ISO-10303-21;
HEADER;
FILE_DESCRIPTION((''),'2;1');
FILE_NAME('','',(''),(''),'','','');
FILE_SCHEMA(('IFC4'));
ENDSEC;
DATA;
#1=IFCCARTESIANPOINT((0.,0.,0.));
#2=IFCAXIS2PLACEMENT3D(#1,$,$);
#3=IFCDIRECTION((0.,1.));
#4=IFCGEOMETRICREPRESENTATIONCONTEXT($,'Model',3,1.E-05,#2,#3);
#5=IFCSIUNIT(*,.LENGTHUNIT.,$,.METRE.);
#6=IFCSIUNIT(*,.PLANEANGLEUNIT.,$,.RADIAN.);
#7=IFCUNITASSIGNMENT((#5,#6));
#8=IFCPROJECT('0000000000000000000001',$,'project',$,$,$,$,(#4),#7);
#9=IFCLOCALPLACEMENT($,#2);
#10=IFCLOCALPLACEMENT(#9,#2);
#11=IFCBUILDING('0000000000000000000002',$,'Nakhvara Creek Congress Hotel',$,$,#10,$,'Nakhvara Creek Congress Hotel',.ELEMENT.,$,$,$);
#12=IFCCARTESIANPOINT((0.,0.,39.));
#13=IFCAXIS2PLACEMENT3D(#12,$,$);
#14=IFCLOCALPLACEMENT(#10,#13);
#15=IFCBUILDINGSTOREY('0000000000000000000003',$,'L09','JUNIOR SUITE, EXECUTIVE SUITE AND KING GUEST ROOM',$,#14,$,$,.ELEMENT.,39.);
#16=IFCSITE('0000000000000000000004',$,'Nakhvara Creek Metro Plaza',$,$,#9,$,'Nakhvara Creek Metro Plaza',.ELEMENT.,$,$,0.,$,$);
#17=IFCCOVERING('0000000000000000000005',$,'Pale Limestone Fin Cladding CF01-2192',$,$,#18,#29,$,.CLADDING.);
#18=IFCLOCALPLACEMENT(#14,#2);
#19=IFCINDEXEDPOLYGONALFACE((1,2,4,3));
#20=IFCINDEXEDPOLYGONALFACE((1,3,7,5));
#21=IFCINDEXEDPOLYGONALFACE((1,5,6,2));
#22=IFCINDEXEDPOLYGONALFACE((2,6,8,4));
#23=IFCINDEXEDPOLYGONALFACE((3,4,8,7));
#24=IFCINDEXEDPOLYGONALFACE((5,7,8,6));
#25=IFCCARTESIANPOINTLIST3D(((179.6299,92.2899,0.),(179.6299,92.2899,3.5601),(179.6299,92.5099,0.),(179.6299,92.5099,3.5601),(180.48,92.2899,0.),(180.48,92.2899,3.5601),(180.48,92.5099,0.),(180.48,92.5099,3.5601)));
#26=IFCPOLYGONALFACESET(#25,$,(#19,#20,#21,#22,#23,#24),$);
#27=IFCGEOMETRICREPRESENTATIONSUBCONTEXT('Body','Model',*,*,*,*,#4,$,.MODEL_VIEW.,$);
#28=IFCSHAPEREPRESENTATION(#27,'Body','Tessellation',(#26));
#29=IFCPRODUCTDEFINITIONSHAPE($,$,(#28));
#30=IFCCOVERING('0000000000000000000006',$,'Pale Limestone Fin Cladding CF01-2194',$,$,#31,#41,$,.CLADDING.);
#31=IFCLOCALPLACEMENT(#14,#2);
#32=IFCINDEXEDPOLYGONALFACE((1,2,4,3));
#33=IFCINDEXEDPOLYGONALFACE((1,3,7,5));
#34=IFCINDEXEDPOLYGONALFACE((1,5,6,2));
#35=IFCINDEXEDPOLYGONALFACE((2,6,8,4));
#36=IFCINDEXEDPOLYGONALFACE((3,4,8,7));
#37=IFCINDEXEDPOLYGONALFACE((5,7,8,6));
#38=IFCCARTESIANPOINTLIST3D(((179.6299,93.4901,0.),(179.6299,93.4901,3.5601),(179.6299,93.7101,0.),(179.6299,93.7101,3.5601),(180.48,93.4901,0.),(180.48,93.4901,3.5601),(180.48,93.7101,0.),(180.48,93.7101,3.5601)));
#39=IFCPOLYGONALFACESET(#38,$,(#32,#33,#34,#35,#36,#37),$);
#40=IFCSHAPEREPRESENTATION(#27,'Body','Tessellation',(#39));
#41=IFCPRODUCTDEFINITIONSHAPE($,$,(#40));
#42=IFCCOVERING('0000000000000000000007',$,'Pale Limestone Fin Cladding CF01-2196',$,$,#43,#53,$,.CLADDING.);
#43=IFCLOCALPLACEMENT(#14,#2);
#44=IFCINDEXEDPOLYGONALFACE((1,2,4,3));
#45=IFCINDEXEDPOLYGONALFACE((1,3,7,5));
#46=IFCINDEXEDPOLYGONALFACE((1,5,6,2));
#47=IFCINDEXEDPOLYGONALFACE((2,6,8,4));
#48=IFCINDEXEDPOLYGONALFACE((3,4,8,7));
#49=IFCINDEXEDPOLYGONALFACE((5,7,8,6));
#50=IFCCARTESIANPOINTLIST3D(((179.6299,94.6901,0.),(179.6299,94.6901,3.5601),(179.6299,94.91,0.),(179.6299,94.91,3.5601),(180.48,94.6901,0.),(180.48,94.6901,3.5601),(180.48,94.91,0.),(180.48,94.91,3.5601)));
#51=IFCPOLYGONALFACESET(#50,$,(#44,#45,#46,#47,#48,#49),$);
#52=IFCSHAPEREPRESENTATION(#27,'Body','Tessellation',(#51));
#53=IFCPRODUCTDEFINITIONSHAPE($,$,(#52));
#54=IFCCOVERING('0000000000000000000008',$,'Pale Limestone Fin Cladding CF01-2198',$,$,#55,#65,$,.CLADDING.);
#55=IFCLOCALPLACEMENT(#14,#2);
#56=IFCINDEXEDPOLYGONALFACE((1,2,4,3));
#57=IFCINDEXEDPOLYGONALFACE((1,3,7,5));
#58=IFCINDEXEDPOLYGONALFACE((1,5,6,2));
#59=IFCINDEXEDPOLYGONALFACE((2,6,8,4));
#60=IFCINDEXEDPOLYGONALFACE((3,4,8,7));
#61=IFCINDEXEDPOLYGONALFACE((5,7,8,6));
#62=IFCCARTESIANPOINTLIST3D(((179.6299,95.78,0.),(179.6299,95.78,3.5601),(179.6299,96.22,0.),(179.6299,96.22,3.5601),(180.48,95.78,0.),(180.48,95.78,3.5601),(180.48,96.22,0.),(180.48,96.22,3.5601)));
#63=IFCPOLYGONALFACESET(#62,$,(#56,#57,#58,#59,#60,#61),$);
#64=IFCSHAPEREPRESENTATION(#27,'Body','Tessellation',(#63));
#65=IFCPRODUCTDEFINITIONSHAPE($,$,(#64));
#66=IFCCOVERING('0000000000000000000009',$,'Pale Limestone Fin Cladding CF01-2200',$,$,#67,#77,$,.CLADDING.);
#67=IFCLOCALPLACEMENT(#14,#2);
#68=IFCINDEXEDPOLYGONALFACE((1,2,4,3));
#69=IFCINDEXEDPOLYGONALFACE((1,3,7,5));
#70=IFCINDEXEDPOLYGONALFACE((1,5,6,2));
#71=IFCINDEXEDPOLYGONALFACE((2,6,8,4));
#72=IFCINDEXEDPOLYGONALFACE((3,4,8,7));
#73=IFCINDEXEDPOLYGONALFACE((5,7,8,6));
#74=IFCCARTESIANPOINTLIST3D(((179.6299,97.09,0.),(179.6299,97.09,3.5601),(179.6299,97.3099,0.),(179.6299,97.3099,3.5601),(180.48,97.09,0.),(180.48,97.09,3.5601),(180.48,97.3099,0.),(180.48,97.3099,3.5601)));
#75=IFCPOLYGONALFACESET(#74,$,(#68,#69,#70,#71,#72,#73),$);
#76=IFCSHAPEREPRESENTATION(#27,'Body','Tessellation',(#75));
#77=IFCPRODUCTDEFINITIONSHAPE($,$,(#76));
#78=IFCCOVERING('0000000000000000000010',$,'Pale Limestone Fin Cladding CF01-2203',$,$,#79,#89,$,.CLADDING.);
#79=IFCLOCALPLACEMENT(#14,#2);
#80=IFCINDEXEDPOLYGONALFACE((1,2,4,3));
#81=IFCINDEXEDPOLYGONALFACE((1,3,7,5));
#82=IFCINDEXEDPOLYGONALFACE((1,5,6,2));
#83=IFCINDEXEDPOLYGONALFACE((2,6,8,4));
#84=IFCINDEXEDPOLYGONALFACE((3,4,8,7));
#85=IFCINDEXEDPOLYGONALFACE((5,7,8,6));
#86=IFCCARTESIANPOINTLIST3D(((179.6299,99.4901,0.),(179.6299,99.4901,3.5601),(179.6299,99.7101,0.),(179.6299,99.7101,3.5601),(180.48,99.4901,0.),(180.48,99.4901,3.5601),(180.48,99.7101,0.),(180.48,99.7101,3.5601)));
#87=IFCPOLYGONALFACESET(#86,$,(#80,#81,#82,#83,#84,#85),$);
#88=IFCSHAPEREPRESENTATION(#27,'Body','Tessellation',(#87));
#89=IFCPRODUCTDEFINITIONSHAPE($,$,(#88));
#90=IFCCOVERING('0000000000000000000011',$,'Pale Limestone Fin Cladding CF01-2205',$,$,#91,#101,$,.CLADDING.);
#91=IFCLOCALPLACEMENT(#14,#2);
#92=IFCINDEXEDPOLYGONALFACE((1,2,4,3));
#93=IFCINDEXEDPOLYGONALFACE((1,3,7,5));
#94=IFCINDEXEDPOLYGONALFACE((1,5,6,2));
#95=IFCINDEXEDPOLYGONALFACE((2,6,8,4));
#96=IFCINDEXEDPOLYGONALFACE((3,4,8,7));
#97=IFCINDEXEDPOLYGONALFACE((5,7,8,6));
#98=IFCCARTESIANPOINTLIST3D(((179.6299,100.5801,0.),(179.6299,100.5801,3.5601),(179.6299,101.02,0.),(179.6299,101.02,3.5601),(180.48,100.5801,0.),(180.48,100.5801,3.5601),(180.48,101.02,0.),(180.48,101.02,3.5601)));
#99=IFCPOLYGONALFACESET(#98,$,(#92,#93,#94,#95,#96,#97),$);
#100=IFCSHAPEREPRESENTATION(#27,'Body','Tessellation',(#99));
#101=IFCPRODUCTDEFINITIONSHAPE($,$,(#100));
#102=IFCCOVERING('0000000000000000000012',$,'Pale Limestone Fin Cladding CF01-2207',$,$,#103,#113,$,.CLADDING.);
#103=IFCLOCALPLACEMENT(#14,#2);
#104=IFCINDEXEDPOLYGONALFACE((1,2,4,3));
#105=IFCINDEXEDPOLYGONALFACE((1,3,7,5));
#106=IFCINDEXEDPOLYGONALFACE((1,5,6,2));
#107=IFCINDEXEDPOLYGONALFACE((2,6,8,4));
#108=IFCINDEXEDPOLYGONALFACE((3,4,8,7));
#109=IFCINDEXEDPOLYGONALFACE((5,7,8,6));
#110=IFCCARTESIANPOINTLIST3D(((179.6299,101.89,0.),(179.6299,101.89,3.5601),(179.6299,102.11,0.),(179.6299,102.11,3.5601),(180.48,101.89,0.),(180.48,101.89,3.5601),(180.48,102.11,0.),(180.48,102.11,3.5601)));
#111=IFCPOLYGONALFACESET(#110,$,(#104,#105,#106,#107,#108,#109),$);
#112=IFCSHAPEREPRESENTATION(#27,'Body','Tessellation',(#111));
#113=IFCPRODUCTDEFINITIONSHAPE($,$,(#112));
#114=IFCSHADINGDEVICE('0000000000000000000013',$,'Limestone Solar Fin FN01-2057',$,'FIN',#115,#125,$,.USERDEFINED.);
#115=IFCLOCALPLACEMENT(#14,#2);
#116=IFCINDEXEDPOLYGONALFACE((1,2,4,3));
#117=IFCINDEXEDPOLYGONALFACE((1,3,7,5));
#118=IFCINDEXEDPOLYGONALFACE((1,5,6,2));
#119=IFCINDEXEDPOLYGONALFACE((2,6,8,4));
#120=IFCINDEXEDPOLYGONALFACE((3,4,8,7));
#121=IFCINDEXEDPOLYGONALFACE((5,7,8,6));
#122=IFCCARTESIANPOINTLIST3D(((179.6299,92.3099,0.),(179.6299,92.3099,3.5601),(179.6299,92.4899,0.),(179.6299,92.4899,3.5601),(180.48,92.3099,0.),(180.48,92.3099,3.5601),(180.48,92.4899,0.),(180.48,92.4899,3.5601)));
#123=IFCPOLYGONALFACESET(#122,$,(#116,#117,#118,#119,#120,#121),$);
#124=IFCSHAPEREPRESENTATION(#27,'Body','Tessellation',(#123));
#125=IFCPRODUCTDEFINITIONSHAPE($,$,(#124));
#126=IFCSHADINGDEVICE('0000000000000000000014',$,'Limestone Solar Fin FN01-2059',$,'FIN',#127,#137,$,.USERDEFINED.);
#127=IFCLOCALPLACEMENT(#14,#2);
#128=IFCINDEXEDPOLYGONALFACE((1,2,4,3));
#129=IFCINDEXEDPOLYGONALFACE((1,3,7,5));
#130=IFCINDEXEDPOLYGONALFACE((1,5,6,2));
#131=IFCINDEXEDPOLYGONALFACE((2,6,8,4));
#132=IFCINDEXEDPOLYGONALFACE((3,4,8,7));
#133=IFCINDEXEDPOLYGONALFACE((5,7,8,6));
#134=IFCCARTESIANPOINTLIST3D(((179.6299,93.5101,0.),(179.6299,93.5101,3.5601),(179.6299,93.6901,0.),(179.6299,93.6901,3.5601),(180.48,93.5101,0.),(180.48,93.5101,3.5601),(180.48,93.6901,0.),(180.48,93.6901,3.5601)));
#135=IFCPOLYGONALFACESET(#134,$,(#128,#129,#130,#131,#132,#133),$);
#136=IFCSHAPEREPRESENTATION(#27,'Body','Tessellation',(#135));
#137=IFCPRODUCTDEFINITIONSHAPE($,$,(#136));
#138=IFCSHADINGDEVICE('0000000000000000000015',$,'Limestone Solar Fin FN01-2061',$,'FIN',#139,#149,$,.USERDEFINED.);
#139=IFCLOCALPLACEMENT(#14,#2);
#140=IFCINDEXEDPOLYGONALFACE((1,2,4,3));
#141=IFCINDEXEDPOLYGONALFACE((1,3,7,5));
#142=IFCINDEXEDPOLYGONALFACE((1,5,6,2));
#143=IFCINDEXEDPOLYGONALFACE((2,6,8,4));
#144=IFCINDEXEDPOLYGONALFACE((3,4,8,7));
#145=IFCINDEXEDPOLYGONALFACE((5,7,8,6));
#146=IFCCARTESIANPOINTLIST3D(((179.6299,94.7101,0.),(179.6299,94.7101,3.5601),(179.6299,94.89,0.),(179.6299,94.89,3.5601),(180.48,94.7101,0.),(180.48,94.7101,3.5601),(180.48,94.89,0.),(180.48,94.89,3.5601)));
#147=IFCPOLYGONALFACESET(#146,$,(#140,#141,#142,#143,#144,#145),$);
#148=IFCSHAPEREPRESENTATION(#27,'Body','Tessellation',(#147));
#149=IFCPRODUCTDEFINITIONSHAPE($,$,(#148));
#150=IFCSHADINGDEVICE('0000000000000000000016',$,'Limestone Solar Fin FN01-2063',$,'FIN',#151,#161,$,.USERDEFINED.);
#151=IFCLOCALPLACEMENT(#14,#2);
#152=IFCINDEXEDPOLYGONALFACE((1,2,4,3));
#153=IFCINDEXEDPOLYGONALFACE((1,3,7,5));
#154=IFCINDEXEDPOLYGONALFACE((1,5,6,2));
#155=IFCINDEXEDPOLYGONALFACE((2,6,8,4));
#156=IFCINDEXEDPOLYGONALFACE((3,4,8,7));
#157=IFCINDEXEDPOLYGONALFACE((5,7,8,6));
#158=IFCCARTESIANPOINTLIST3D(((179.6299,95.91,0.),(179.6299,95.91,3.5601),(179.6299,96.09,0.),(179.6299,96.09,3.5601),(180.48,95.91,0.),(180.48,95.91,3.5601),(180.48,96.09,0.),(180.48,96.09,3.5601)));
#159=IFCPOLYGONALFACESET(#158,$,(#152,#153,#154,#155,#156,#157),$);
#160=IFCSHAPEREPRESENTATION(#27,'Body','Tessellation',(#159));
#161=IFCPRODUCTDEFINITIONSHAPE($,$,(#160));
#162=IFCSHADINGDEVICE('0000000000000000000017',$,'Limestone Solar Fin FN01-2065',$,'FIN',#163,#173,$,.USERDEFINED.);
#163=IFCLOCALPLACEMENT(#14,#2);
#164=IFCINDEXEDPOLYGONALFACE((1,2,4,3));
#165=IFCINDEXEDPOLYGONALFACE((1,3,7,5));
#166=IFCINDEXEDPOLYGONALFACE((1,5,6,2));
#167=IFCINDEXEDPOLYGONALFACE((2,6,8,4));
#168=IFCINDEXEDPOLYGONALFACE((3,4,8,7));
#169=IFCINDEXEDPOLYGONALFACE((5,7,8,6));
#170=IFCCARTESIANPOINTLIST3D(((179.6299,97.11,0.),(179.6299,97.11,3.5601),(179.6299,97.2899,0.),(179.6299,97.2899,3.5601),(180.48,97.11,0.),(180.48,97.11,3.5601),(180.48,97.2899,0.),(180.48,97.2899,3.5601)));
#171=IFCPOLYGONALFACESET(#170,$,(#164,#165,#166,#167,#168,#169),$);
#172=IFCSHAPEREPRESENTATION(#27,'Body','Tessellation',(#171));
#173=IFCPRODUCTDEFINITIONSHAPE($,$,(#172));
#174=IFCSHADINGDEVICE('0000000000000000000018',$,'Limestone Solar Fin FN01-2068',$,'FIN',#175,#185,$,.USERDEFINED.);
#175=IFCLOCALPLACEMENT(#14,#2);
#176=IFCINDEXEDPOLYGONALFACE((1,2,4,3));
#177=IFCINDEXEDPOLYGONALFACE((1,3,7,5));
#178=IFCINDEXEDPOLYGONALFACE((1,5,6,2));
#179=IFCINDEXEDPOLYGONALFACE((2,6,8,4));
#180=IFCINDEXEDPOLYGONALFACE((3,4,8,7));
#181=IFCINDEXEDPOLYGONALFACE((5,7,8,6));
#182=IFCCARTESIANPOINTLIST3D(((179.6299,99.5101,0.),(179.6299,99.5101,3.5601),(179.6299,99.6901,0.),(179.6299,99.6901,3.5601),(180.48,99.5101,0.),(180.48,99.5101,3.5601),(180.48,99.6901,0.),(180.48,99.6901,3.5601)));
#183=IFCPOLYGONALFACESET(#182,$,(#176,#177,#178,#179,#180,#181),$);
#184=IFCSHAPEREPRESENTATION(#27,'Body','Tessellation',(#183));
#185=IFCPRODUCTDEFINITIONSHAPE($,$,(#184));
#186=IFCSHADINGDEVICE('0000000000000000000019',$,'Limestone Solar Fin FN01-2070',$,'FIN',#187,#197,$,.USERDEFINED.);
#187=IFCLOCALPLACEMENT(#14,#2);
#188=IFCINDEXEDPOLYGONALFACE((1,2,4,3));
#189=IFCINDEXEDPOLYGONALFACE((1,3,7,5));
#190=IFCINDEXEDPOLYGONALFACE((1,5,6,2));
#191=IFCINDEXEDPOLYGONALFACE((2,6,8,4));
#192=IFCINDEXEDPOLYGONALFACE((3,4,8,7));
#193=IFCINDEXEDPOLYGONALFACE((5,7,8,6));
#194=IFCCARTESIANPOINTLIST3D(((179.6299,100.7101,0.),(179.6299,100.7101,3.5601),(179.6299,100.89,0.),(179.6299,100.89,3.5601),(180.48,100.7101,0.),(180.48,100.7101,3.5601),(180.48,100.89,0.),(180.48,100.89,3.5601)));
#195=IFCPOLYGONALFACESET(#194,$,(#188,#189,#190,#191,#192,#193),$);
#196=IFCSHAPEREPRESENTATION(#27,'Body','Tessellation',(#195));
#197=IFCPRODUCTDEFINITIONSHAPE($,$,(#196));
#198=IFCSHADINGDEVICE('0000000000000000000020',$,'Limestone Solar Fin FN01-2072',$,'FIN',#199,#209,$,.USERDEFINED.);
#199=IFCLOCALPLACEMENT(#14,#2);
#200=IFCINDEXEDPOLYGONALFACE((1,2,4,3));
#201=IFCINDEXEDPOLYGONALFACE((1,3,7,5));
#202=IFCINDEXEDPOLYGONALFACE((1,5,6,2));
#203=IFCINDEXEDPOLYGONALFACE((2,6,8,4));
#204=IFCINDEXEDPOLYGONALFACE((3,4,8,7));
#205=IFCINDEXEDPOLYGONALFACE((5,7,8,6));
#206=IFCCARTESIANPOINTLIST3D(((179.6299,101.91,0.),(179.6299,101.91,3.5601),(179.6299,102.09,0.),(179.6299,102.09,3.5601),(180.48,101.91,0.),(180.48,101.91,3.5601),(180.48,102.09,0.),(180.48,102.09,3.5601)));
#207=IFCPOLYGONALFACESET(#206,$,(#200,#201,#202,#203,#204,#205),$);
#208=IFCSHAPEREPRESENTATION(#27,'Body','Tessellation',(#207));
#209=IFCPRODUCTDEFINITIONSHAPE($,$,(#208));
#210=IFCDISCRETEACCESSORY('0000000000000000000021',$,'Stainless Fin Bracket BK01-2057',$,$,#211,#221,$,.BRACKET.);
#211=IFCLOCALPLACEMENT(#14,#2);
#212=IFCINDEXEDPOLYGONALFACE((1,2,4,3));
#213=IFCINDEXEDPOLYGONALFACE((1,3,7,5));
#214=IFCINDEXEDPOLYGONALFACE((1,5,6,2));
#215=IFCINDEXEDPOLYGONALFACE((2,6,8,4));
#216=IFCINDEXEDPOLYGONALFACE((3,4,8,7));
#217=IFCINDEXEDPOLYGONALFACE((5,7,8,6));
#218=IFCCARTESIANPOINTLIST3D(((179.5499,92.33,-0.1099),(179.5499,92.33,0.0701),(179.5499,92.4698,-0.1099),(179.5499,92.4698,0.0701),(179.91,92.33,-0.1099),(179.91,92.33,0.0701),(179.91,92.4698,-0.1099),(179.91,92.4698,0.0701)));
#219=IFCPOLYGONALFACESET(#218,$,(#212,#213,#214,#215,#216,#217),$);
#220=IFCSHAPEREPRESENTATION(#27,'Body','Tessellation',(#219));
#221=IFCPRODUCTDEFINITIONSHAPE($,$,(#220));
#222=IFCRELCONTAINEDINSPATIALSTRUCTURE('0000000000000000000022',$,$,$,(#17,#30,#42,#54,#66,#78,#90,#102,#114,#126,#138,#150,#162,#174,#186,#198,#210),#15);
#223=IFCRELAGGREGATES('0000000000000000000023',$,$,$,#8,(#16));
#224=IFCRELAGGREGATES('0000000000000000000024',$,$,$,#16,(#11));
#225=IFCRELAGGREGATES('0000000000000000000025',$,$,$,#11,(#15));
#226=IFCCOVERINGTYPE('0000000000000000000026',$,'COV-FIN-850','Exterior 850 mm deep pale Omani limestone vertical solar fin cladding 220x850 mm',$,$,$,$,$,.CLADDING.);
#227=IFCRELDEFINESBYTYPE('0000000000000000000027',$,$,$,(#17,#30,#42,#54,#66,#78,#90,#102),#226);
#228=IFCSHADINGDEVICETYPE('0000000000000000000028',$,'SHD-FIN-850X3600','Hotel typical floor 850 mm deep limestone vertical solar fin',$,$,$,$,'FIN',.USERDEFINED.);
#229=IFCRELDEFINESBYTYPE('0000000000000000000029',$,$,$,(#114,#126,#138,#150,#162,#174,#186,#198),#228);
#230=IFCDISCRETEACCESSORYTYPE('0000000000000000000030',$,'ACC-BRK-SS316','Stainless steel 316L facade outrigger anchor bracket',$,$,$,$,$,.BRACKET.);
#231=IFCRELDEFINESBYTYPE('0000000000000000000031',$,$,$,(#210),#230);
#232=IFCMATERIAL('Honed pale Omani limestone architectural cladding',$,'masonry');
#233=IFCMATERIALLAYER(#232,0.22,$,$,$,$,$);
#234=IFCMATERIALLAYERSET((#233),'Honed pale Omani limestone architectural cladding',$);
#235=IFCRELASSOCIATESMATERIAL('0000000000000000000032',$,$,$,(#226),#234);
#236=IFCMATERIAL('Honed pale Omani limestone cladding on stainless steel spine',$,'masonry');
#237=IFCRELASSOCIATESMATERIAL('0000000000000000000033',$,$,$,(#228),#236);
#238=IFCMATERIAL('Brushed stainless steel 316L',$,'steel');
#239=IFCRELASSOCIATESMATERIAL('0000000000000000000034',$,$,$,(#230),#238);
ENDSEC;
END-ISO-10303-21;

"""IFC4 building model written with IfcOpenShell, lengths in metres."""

from ifc_helpers import new_model, si_unit, direction, frame, origin, origin_2d, place, context, subcontext, project, spatial, rectangle, extrude, material, layer, layer_set, type_object, element, save


model = new_model("IFC4")

# Units and contexts
model_context = context("Model", 3, precision=1e-05, world=origin(), true_north=direction((0.0, 1.0)))
body_context = subcontext(model_context, "Body", "Model", "MODEL_VIEW")
ifc_project = project(units=[si_unit("LENGTHUNIT", "METRE"), si_unit("PLANEANGLEUNIT", "RADIAN")], contexts=[model_context])

# Site, building, storey
site_placement = place(None, origin())
site = spatial("IfcSite", under=ifc_project, at=site_placement, Name="Nakhvara Creek Metro Plaza", LongName="Nakhvara Creek Metro Plaza", CompositionType="ELEMENT", RefElevation=0.0)
building_placement = place(site_placement, origin())
building = spatial("IfcBuilding", under=site, at=building_placement, Name="Nakhvara Creek Congress Hotel", LongName="Nakhvara Creek Congress Hotel", CompositionType="ELEMENT")
storey_placement = place(building_placement, frame((0.0, 0.0, 39.0)))
storey = spatial("IfcBuildingStorey", under=building, at=storey_placement, Name="L09", Description="JUNIOR SUITE, EXECUTIVE SUITE AND KING GUEST ROOM", CompositionType="ELEMENT", Elevation=39.0)

# Coverings
ifc_material_1 = material(Name="Honed pale Omani limestone architectural cladding", Category="masonry")
ifc_layer_1 = layer(ifc_material_1, 0.22)
ifc_layer_set_1 = layer_set([ifc_layer_1], Name="Honed pale Omani limestone architectural cladding")
covering_type = type_object("IfcCoveringType", Name="COV-FIN-850", Description="Exterior 850 mm deep pale Omani limestone vertical solar fin cladding 220x850 mm", PredefinedType="CLADDING", material=ifc_layer_set_1)
for number, where, z_axis, x_axis, name in (
    (1, (180.0549, 92.3999, 0.0), (0.0, 0.0, 1.0), (0.0, 1.0, 0.0), "Pale Limestone Fin Cladding CF01-2192"),
    (2, (180.0549, 93.6001, 0.0), (0.0, 0.0, 1.0), (0.0, 1.0, 0.0), "Pale Limestone Fin Cladding CF01-2194"),
    (3, (180.0549, 94.8, 0.0), (0.0, 0.0, 1.0), (0.0, 1.0, 0.0), "Pale Limestone Fin Cladding CF01-2196"),
):
    element("IfcCovering", number, at=place(storey_placement, frame(where, z_axis=z_axis, x_axis=x_axis)), inside=storey, type_object=covering_type, Name=name, PredefinedType="CLADDING", context=body_context, shape_type="SweptSolid", body=[
        extrude(rectangle(XDim=0.22, YDim=0.8501, at=origin_2d()), origin(), (0.0, 0.0, 1.0), 3.5601),
    ])
covering_1_placement = place(storey_placement, frame((180.0549, 96.0, 0.0), z_axis=(0.0, 0.0, 1.0), x_axis=(0.0, 1.0, 0.0)))
element("IfcCovering", 4, at=covering_1_placement, inside=storey, type_object=covering_type, Name="Pale Limestone Fin Cladding CF01-2198", PredefinedType="CLADDING", context=body_context, shape_type="SweptSolid", body=[
    extrude(rectangle(XDim=0.4399, YDim=0.8501, at=origin_2d()), origin(), (0.0, 0.0, 1.0), 3.5601),
])
for number, where, z_axis, x_axis, name in (
    (5, (180.0549, 97.2, 0.0), (0.0, 0.0, 1.0), (0.0, 1.0, 0.0), "Pale Limestone Fin Cladding CF01-2200"),
    (6, (180.0549, 99.6001, 0.0), (0.0, 0.0, 1.0), (0.0, 1.0, 0.0), "Pale Limestone Fin Cladding CF01-2203"),
):
    element("IfcCovering", number, at=place(storey_placement, frame(where, z_axis=z_axis, x_axis=x_axis)), inside=storey, type_object=covering_type, Name=name, PredefinedType="CLADDING", context=body_context, shape_type="SweptSolid", body=[
        extrude(rectangle(XDim=0.22, YDim=0.8501, at=origin_2d()), origin(), (0.0, 0.0, 1.0), 3.5601),
    ])
covering_2_placement = place(storey_placement, frame((180.0549, 100.8, 0.0), z_axis=(0.0, 0.0, 1.0), x_axis=(0.0, 1.0, 0.0)))
element("IfcCovering", 7, at=covering_2_placement, inside=storey, type_object=covering_type, Name="Pale Limestone Fin Cladding CF01-2205", PredefinedType="CLADDING", context=body_context, shape_type="SweptSolid", body=[
    extrude(rectangle(XDim=0.4399, YDim=0.8501, at=origin_2d()), origin(), (0.0, 0.0, 1.0), 3.5601),
])
covering_3_placement = place(storey_placement, frame((180.0549, 102.0, 0.0), z_axis=(0.0, 0.0, 1.0), x_axis=(0.0, 1.0, 0.0)))
element("IfcCovering", 8, at=covering_3_placement, inside=storey, type_object=covering_type, Name="Pale Limestone Fin Cladding CF01-2207", PredefinedType="CLADDING", context=body_context, shape_type="SweptSolid", body=[
    extrude(rectangle(XDim=0.22, YDim=0.8501, at=origin_2d()), origin(), (0.0, 0.0, 1.0), 3.5601),
])

# Shading devices
ifc_material_2 = material(Name="Honed pale Omani limestone cladding on stainless steel spine", Category="masonry")
shading_device_type = type_object("IfcShadingDeviceType", Name="SHD-FIN-850X3600", Description="Hotel typical floor 850 mm deep limestone vertical solar fin", ElementType="FIN", PredefinedType="USERDEFINED", material=ifc_material_2)
for number, where, z_axis, x_axis, name in (
    (9, (180.0549, 92.3999, 0.0), (0.0, 0.0, 1.0), (0.0, 1.0, 0.0), "Limestone Solar Fin FN01-2057"),
    (10, (180.0549, 93.6001, 0.0), (0.0, 0.0, 1.0), (0.0, 1.0, 0.0), "Limestone Solar Fin FN01-2059"),
    (11, (180.0549, 94.8, 0.0), (0.0, 0.0, 1.0), (0.0, 1.0, 0.0), "Limestone Solar Fin FN01-2061"),
    (12, (180.0549, 96.0, 0.0), (0.0, 0.0, 1.0), (0.0, 1.0, 0.0), "Limestone Solar Fin FN01-2063"),
    (13, (180.0549, 97.2, 0.0), (0.0, 0.0, 1.0), (0.0, 1.0, 0.0), "Limestone Solar Fin FN01-2065"),
    (14, (180.0549, 99.6001, 0.0), (0.0, 0.0, 1.0), (0.0, 1.0, 0.0), "Limestone Solar Fin FN01-2068"),
    (15, (180.0549, 100.8, 0.0), (0.0, 0.0, 1.0), (0.0, 1.0, 0.0), "Limestone Solar Fin FN01-2070"),
    (16, (180.0549, 102.0, 0.0), (0.0, 0.0, 1.0), (0.0, 1.0, 0.0), "Limestone Solar Fin FN01-2072"),
):
    element("IfcShadingDevice", number, at=place(storey_placement, frame(where, z_axis=z_axis, x_axis=x_axis)), inside=storey, type_object=shading_device_type, Name=name, ObjectType="FIN", PredefinedType="USERDEFINED", context=body_context, shape_type="SweptSolid", body=[
        extrude(rectangle(XDim=0.1799, YDim=0.8501, at=origin_2d()), origin(), (0.0, 0.0, 1.0), 3.5601),
    ])

# Discrete accessory
ifc_material_3 = material(Name="Brushed stainless steel 316L", Category="steel")
discrete_accessory_type = type_object("IfcDiscreteAccessoryType", Name="ACC-BRK-SS316", Description="Stainless steel 316L facade outrigger anchor bracket", PredefinedType="BRACKET", material=ifc_material_3)
for number, where, z_axis, x_axis, name in (
    (17, (179.73, 92.3999, -0.1099), (0.0, 0.0, 1.0), (0.0, 1.0, 0.0), "Stainless Fin Bracket BK01-2057"),
):
    element("IfcDiscreteAccessory", number, at=place(storey_placement, frame(where, z_axis=z_axis, x_axis=x_axis)), inside=storey, type_object=discrete_accessory_type, Name=name, PredefinedType="BRACKET", context=body_context, shape_type="SweptSolid", body=[
        extrude(rectangle(XDim=0.1399, YDim=0.3601, at=origin_2d()), origin(), (0.0, 0.0, 1.0), 0.1799),
    ])

save(model, "model.ifc")
